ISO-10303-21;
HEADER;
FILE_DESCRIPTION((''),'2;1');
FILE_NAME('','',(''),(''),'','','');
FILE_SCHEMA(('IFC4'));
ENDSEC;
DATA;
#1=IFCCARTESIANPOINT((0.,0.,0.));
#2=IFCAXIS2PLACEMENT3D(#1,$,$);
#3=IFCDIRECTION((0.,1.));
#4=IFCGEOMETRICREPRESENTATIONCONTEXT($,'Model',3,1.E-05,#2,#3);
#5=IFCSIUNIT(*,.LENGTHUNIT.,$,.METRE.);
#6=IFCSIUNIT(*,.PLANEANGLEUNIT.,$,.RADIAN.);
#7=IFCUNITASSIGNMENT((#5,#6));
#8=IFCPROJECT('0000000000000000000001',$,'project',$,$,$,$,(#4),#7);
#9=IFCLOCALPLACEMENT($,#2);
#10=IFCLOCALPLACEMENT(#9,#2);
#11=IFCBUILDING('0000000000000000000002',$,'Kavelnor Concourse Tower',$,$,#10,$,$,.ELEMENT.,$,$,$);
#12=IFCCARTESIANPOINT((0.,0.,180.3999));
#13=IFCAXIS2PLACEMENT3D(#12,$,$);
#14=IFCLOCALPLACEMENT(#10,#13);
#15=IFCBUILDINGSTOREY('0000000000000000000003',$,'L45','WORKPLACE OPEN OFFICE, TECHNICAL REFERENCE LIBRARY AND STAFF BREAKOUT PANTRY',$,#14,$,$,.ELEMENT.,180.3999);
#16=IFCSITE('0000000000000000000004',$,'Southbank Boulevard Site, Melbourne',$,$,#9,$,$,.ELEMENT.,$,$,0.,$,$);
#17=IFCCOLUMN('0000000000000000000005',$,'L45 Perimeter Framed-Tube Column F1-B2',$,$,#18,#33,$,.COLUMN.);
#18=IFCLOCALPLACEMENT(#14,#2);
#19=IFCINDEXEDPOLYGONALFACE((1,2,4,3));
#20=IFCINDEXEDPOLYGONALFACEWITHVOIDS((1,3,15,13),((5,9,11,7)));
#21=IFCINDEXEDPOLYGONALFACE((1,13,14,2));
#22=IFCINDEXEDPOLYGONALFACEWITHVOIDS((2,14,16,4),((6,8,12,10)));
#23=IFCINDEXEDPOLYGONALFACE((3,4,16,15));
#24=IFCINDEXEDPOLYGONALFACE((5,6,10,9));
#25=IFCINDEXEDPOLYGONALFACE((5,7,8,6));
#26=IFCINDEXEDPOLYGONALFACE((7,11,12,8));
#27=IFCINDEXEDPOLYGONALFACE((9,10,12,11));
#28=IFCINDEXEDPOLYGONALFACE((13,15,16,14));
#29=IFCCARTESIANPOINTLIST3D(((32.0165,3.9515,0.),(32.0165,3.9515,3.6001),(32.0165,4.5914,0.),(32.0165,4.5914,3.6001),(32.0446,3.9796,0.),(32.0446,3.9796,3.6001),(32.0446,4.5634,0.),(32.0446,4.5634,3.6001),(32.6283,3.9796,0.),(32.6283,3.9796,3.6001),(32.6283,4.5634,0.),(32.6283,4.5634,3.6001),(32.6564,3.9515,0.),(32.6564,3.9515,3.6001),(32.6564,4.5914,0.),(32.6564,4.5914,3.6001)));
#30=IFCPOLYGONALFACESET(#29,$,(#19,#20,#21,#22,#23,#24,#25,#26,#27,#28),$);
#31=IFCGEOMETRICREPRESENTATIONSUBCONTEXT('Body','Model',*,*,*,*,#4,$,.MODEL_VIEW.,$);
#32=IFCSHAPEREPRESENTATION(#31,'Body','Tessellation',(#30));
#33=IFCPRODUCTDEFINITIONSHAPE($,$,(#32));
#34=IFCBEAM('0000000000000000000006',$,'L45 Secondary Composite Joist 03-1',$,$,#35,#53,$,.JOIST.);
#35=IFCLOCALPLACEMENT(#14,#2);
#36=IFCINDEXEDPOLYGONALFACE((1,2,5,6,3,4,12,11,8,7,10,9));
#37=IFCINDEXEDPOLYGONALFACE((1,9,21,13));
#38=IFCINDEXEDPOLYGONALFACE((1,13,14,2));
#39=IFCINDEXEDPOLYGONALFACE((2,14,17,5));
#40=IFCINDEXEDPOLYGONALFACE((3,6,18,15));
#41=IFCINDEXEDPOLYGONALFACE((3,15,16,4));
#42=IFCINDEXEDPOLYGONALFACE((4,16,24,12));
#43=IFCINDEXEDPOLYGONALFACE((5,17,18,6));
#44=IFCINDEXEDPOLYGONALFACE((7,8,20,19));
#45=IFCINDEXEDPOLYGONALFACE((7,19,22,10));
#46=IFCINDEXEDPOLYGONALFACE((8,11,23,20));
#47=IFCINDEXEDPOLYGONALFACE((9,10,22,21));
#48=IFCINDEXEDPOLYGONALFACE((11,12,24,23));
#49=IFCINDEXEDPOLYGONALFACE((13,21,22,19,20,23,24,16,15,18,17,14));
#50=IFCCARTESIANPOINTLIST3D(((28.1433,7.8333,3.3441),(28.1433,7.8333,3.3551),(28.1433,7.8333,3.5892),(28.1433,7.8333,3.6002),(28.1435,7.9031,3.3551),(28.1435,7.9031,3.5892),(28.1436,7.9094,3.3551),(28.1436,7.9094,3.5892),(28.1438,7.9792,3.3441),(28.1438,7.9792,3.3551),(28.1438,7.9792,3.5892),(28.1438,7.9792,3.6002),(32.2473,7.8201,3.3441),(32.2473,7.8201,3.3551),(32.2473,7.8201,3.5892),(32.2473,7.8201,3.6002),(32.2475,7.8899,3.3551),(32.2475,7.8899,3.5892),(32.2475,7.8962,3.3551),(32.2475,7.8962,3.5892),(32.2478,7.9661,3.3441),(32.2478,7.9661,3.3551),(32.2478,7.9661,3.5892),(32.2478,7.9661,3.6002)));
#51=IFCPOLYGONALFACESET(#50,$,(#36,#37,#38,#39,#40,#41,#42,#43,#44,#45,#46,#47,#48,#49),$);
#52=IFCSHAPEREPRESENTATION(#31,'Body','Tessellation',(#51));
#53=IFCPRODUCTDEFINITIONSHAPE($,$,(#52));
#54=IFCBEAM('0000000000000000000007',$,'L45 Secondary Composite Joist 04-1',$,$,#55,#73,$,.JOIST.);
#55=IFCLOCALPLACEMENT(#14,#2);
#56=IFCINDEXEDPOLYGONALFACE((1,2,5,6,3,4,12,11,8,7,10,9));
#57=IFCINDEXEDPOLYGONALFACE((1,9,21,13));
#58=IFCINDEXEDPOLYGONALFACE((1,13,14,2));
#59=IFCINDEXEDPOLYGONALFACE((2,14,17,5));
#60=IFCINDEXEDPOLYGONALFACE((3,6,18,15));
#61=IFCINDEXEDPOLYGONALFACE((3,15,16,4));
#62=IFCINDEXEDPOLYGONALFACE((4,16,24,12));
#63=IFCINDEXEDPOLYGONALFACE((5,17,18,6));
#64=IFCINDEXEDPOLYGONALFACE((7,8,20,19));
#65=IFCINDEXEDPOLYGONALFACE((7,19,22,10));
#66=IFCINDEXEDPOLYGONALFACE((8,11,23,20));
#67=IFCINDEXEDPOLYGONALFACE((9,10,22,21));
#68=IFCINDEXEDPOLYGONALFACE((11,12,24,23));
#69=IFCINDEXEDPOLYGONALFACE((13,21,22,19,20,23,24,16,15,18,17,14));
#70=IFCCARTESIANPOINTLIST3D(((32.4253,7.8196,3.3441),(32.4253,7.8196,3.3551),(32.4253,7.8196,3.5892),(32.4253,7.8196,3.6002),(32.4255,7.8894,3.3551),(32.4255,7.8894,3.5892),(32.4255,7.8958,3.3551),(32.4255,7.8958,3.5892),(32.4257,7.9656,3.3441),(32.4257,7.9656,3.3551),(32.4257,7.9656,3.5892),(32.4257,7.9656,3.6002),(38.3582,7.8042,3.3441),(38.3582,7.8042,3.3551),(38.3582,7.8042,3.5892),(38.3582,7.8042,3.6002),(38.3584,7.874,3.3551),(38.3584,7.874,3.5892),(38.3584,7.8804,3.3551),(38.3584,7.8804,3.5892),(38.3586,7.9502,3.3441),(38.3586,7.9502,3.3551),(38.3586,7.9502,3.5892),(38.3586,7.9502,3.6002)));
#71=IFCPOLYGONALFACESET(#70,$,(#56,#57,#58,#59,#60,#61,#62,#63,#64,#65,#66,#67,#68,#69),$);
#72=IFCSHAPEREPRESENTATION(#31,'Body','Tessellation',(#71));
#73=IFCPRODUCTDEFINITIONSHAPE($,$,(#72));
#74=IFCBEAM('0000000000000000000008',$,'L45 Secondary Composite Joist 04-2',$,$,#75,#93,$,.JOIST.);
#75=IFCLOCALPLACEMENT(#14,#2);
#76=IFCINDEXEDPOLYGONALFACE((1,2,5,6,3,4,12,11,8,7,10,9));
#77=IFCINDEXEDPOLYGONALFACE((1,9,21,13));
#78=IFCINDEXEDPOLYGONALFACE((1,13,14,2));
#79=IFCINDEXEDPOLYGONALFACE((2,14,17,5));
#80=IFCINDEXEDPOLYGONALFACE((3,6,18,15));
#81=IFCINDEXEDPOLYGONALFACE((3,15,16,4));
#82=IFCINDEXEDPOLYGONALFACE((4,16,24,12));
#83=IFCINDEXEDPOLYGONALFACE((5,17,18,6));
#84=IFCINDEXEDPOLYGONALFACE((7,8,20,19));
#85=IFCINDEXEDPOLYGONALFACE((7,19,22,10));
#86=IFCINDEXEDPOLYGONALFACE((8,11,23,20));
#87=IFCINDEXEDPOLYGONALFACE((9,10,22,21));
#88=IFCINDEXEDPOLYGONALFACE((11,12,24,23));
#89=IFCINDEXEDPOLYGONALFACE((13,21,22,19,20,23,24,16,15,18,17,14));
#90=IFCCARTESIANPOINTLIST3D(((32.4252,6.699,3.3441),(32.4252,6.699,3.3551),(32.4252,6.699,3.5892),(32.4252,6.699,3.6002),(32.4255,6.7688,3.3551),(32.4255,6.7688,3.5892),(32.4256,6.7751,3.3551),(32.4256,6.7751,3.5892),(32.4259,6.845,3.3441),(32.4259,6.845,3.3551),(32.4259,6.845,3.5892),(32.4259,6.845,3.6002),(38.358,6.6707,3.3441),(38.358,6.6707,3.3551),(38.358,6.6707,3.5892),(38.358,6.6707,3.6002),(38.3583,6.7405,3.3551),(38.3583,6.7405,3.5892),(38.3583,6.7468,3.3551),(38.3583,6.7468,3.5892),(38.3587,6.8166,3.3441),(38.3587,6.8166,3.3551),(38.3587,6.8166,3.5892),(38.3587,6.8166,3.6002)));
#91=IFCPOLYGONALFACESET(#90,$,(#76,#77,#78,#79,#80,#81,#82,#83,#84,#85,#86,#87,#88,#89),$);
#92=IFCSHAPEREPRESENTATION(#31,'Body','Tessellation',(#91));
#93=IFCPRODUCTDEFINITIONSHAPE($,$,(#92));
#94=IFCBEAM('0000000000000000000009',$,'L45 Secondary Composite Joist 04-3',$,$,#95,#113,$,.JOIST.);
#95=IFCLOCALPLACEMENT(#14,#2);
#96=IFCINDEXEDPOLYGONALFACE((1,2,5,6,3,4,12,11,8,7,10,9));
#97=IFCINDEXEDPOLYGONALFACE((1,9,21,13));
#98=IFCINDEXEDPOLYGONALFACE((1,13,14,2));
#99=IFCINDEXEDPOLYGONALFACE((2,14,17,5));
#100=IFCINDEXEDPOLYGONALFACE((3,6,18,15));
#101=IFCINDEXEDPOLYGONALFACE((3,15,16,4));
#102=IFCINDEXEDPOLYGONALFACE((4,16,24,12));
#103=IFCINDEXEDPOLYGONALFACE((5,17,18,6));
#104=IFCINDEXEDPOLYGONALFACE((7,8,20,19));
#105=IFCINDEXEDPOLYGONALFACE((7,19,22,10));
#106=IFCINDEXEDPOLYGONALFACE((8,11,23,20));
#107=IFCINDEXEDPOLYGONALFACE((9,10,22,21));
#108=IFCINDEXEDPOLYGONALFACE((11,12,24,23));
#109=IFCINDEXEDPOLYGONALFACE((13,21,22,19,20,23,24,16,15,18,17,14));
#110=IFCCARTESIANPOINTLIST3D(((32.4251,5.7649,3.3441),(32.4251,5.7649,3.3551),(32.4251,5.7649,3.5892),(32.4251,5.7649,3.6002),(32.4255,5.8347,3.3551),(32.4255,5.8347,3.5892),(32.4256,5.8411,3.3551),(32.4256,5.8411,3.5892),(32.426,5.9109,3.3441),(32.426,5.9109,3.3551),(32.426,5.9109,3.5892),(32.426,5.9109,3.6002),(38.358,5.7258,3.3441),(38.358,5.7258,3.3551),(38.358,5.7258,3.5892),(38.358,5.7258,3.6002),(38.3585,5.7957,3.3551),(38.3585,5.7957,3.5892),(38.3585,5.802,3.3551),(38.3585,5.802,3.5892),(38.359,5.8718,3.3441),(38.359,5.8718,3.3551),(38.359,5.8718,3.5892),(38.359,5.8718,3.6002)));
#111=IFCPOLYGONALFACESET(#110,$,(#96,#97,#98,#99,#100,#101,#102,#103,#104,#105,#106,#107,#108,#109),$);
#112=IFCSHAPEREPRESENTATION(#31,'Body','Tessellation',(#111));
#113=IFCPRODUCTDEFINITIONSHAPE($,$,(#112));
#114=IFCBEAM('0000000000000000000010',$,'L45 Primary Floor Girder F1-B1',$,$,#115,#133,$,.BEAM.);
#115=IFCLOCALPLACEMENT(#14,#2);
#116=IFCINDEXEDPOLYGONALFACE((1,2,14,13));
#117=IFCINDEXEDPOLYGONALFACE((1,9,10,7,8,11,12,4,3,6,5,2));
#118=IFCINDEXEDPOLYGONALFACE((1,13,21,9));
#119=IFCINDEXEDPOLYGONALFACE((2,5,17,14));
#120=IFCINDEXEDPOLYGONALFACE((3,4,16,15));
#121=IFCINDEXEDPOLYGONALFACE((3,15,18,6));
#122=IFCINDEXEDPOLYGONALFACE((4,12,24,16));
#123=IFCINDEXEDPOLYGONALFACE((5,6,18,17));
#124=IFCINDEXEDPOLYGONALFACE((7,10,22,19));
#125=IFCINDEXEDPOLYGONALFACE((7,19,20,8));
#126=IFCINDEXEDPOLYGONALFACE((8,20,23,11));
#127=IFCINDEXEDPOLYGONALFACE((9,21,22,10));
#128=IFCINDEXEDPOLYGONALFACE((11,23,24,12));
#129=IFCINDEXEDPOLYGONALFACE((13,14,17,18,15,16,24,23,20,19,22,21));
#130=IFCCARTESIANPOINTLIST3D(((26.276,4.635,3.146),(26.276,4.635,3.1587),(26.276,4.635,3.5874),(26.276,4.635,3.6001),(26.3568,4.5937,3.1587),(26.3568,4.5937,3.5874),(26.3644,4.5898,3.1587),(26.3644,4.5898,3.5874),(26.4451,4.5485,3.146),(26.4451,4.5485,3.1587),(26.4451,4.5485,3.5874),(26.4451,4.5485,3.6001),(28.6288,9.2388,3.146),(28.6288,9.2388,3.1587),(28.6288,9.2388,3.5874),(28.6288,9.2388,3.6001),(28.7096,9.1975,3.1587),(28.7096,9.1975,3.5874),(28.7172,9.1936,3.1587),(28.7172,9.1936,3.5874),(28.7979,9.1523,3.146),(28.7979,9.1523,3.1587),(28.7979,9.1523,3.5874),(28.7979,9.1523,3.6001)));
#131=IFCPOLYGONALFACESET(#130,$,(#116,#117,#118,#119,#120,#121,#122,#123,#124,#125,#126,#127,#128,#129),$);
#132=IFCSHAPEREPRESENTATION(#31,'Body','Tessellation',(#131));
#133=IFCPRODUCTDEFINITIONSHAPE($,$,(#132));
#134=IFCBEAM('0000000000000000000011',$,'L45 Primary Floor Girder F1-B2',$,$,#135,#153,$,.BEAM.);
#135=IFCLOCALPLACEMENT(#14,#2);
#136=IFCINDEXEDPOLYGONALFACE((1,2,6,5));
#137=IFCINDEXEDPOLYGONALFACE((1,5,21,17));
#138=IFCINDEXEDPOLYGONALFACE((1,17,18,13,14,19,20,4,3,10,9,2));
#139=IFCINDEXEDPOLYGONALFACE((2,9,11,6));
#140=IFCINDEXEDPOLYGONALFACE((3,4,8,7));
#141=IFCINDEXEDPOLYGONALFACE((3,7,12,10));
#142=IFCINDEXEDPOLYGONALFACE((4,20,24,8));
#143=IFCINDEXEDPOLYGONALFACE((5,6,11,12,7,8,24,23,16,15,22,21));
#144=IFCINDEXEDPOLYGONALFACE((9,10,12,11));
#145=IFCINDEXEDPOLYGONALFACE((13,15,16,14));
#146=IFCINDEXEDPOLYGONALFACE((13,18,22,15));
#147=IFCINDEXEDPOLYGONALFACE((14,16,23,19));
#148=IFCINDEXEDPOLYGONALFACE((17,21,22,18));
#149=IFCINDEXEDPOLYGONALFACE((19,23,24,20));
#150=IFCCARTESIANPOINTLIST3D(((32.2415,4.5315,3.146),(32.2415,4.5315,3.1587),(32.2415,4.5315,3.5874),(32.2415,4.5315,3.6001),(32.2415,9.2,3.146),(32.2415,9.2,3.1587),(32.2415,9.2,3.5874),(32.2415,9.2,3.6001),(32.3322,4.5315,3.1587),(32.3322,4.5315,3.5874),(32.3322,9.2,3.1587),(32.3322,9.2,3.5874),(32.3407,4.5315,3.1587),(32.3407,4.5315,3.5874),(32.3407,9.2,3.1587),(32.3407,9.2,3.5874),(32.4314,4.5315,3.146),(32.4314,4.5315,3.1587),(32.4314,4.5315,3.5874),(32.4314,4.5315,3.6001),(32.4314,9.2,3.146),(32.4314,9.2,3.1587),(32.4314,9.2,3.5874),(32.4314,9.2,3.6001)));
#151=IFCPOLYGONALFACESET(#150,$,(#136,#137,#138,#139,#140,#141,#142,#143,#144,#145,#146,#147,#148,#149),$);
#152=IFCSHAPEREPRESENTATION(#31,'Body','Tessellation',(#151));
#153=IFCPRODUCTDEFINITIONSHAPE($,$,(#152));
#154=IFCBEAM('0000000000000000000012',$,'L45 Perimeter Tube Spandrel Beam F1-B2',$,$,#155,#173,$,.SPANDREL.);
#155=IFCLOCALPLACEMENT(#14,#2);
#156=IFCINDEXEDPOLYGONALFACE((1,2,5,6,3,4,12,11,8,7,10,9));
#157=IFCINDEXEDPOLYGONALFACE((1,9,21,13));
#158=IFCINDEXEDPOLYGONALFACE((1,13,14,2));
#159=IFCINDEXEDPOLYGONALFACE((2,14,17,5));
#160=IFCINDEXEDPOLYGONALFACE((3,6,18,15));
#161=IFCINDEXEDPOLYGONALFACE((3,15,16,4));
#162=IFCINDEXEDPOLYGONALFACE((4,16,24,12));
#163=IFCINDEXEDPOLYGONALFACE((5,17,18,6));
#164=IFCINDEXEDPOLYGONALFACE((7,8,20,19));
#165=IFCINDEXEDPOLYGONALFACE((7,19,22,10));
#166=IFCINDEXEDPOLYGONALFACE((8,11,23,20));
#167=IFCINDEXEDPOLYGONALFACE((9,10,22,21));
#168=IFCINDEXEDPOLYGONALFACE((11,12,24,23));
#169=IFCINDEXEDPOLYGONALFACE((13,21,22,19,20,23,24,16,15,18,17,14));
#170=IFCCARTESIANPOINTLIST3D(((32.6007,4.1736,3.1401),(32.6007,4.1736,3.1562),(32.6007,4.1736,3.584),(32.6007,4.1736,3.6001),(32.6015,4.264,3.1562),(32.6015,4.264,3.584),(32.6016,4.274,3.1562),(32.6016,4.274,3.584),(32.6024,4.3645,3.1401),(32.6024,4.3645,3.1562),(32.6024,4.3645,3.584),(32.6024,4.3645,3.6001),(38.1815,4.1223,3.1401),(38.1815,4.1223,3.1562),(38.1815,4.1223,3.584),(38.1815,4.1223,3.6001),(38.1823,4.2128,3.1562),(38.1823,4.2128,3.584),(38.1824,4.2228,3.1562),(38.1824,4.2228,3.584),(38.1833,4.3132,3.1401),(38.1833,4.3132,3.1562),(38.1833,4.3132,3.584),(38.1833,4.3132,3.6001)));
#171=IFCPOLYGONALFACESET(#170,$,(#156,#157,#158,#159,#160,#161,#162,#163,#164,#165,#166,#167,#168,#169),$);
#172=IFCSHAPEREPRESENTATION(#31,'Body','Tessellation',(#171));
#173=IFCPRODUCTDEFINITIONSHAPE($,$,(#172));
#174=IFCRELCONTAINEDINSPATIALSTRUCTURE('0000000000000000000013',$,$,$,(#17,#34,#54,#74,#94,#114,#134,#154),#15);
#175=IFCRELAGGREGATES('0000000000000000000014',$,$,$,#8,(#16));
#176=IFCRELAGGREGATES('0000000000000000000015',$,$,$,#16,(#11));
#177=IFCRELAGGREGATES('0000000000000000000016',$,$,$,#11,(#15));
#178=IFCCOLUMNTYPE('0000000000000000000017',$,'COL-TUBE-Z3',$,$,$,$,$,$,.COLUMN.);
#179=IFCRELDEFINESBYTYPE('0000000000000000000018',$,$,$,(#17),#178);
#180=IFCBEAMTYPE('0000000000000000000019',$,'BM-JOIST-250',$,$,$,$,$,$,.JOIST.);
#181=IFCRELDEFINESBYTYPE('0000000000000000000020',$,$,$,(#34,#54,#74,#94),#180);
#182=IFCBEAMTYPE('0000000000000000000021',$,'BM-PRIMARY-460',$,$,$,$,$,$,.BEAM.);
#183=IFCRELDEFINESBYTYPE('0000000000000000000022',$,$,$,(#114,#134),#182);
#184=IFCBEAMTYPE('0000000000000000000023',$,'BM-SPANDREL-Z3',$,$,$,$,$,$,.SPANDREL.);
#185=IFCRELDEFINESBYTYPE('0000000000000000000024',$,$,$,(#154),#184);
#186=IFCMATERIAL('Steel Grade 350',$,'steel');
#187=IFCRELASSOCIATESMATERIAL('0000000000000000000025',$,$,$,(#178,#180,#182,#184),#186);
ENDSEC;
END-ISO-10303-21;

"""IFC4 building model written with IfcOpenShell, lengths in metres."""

from ifc_helpers import new_model, si_unit, direction, frame, origin, origin_2d, place, context, subcontext, project, spatial, hollow_rectangle, i_section, extrude, material, material_profile, profile_set, type_object, element, save


model = new_model("IFC4")

# Units and contexts
model_context = context("Model", 3, precision=1e-05, world=origin(), true_north=direction((0.0, 1.0)))
body_context = subcontext(model_context, "Body", "Model", "MODEL_VIEW")
ifc_project = project(units=[si_unit("LENGTHUNIT", "METRE"), si_unit("PLANEANGLEUNIT", "RADIAN")], contexts=[model_context])

# Site, building, storey
site_placement = place(None, origin())
site = spatial("IfcSite", under=ifc_project, at=site_placement, Name="Southbank Boulevard Site, Melbourne", CompositionType="ELEMENT", RefElevation=0.0)
building_placement = place(site_placement, origin())
building = spatial("IfcBuilding", under=site, at=building_placement, Name="Kavelnor Concourse Tower", CompositionType="ELEMENT")
storey_placement = place(building_placement, frame((0.0, 0.0, 180.3999)))
storey = spatial("IfcBuildingStorey", under=building, at=storey_placement, Name="L45", Description="WORKPLACE OPEN OFFICE, TECHNICAL REFERENCE LIBRARY AND STAFF BREAKOUT PANTRY", CompositionType="ELEMENT", Elevation=180.3999)

# Column
ifc_material_1 = material(Name="Steel Grade 350", Category="steel")
ifc_material_profile_1 = material_profile(ifc_material_1, hollow_rectangle(XDim=0.6399, YDim=0.6399, WallThickness=0.0281, at=origin_2d()), Name="SHS 640x640x28")
ifc_profile_set_1 = profile_set([ifc_material_profile_1], Name="Steel Grade 350")
column_type = type_object("IfcColumnType", Name="COL-TUBE-Z3", PredefinedType="COLUMN", material=ifc_profile_set_1)
column_placement = place(storey_placement, frame((32.3364, 4.2715, 0.0), z_axis=(0.0, 0.0, 1.0), x_axis=(1.0, 0.0, 0.0)))
element("IfcColumn", 1, at=column_placement, inside=storey, type_object=column_type, Name="L45 Perimeter Framed-Tube Column F1-B2", PredefinedType="COLUMN", context=body_context, shape_type="SweptSolid", body=[
    extrude(hollow_rectangle(XDim=0.6399, YDim=0.6399, WallThickness=0.0281, at=origin_2d()), origin(), (0.0, 0.0, 1.0), 3.6001),
])

# Beams
ifc_material_profile_2 = material_profile(ifc_material_1, i_section(OverallWidth=0.146, OverallDepth=0.2561, WebThickness=0.0063, FlangeThickness=0.011, at=origin_2d()), Name="250UB37")
ifc_profile_set_2 = profile_set([ifc_material_profile_2], Name="Steel Grade 350")
beam_type_1 = type_object("IfcBeamType", Name="BM-JOIST-250", PredefinedType="JOIST", material=ifc_profile_set_2)
beam_1_placement = place(storey_placement, frame((28.1436, 7.9062, 3.4722), z_axis=(0.999995, -0.003212, 0.0), x_axis=(0.003212, 0.999995, 0.0)))
element("IfcBeam", 2, at=beam_1_placement, inside=storey, type_object=beam_type_1, Name="L45 Secondary Composite Joist 03-1", PredefinedType="JOIST", context=body_context, shape_type="SweptSolid", body=[
    extrude(i_section(OverallWidth=0.146, OverallDepth=0.2561, WebThickness=0.0063, FlangeThickness=0.011, at=origin_2d()), origin(), (0.0, 0.0, 1.0), 4.104),
])
for number, where, z_axis, x_axis, name in (
    (3, (32.4255, 7.8926, 3.4722), (0.999997, -0.002592, 0.0), (0.002592, 0.999997, 0.0), "L45 Secondary Composite Joist 04-1"),
    (4, (32.4255, 6.772, 3.4722), (0.999989, -0.004773, 0.0), (0.004773, 0.999989, 0.0), "L45 Secondary Composite Joist 04-2"),
):
    element("IfcBeam", number, at=place(storey_placement, frame(where, z_axis=z_axis, x_axis=x_axis)), inside=storey, type_object=beam_type_1, Name=name, PredefinedType="JOIST", context=body_context, shape_type="SweptSolid", body=[
        extrude(i_section(OverallWidth=0.146, OverallDepth=0.2561, WebThickness=0.0063, FlangeThickness=0.011, at=origin_2d()), origin(), (0.0, 0.0, 1.0), 5.9329),
    ])
beam_2_placement = place(storey_placement, frame((32.4255, 5.8379, 3.4722), z_axis=(0.999978, -0.006584, 0.0), x_axis=(0.006584, 0.999978, 0.0)))
element("IfcBeam", 5, at=beam_2_placement, inside=storey, type_object=beam_type_1, Name="L45 Secondary Composite Joist 04-3", PredefinedType="JOIST", context=body_context, shape_type="SweptSolid", body=[
    extrude(i_section(OverallWidth=0.146, OverallDepth=0.2561, WebThickness=0.0063, FlangeThickness=0.011, at=origin_2d()), origin(), (0.0, 0.0, 1.0), 5.9331),
])
ifc_material_profile_3 = material_profile(ifc_material_1, i_section(OverallWidth=0.1899, OverallDepth=0.4541, WebThickness=0.0085, FlangeThickness=0.0127, at=origin_2d()), Name="460UB67")
ifc_profile_set_3 = profile_set([ifc_material_profile_3], Name="Steel Grade 350")
beam_type_2 = type_object("IfcBeamType", Name="BM-PRIMARY-460", PredefinedType="BEAM", material=ifc_profile_set_3)
beam_3_placement = place(storey_placement, frame((28.7134, 9.1956, 3.373), z_axis=(-0.455073, -0.890454, 0.0), x_axis=(0.890454, -0.455073, 0.0)))
element("IfcBeam", 6, at=beam_3_placement, inside=storey, type_object=beam_type_2, Name="L45 Primary Floor Girder F1-B1", PredefinedType="BEAM", context=body_context, shape_type="SweptSolid", body=[
    extrude(i_section(OverallWidth=0.1899, OverallDepth=0.4541, WebThickness=0.0085, FlangeThickness=0.0127, at=origin_2d()), origin(), (0.0, 0.0, 1.0), 5.1702),
])
beam_4_placement = place(storey_placement, frame((32.3364, 9.2, 3.373), z_axis=(0.0, -1.0, 0.0), x_axis=(1.0, 0.0, 0.0)))
element("IfcBeam", 7, at=beam_4_placement, inside=storey, type_object=beam_type_2, Name="L45 Primary Floor Girder F1-B2", PredefinedType="BEAM", context=body_context, shape_type="SweptSolid", body=[
    extrude(i_section(OverallWidth=0.1899, OverallDepth=0.4541, WebThickness=0.0085, FlangeThickness=0.0127, at=origin_2d()), origin(), (0.0, 0.0, 1.0), 4.6685),
])
ifc_material_profile_4 = material_profile(ifc_material_1, i_section(OverallWidth=0.1909, OverallDepth=0.46, WebThickness=0.01, FlangeThickness=0.0161, at=origin_2d()), Name="460UB82")
ifc_profile_set_4 = profile_set([ifc_material_profile_4], Name="Steel Grade 350")
beam_type_3 = type_object("IfcBeamType", Name="BM-SPANDREL-Z3", PredefinedType="SPANDREL", material=ifc_profile_set_4)
beam_5_placement = place(storey_placement, frame((32.6016, 4.269, 3.3701), z_axis=(0.999958, -0.009186, 0.0), x_axis=(0.009186, 0.999958, 0.0)))
element("IfcBeam", 8, at=beam_5_placement, inside=storey, type_object=beam_type_3, Name="L45 Perimeter Tube Spandrel Beam F1-B2", PredefinedType="SPANDREL", context=body_context, shape_type="SweptSolid", body=[
    extrude(i_section(OverallWidth=0.1909, OverallDepth=0.46, WebThickness=0.01, FlangeThickness=0.0161, at=origin_2d()), origin(), (0.0, 0.0, 1.0), 5.5811),
])

save(model, "model.ifc")
